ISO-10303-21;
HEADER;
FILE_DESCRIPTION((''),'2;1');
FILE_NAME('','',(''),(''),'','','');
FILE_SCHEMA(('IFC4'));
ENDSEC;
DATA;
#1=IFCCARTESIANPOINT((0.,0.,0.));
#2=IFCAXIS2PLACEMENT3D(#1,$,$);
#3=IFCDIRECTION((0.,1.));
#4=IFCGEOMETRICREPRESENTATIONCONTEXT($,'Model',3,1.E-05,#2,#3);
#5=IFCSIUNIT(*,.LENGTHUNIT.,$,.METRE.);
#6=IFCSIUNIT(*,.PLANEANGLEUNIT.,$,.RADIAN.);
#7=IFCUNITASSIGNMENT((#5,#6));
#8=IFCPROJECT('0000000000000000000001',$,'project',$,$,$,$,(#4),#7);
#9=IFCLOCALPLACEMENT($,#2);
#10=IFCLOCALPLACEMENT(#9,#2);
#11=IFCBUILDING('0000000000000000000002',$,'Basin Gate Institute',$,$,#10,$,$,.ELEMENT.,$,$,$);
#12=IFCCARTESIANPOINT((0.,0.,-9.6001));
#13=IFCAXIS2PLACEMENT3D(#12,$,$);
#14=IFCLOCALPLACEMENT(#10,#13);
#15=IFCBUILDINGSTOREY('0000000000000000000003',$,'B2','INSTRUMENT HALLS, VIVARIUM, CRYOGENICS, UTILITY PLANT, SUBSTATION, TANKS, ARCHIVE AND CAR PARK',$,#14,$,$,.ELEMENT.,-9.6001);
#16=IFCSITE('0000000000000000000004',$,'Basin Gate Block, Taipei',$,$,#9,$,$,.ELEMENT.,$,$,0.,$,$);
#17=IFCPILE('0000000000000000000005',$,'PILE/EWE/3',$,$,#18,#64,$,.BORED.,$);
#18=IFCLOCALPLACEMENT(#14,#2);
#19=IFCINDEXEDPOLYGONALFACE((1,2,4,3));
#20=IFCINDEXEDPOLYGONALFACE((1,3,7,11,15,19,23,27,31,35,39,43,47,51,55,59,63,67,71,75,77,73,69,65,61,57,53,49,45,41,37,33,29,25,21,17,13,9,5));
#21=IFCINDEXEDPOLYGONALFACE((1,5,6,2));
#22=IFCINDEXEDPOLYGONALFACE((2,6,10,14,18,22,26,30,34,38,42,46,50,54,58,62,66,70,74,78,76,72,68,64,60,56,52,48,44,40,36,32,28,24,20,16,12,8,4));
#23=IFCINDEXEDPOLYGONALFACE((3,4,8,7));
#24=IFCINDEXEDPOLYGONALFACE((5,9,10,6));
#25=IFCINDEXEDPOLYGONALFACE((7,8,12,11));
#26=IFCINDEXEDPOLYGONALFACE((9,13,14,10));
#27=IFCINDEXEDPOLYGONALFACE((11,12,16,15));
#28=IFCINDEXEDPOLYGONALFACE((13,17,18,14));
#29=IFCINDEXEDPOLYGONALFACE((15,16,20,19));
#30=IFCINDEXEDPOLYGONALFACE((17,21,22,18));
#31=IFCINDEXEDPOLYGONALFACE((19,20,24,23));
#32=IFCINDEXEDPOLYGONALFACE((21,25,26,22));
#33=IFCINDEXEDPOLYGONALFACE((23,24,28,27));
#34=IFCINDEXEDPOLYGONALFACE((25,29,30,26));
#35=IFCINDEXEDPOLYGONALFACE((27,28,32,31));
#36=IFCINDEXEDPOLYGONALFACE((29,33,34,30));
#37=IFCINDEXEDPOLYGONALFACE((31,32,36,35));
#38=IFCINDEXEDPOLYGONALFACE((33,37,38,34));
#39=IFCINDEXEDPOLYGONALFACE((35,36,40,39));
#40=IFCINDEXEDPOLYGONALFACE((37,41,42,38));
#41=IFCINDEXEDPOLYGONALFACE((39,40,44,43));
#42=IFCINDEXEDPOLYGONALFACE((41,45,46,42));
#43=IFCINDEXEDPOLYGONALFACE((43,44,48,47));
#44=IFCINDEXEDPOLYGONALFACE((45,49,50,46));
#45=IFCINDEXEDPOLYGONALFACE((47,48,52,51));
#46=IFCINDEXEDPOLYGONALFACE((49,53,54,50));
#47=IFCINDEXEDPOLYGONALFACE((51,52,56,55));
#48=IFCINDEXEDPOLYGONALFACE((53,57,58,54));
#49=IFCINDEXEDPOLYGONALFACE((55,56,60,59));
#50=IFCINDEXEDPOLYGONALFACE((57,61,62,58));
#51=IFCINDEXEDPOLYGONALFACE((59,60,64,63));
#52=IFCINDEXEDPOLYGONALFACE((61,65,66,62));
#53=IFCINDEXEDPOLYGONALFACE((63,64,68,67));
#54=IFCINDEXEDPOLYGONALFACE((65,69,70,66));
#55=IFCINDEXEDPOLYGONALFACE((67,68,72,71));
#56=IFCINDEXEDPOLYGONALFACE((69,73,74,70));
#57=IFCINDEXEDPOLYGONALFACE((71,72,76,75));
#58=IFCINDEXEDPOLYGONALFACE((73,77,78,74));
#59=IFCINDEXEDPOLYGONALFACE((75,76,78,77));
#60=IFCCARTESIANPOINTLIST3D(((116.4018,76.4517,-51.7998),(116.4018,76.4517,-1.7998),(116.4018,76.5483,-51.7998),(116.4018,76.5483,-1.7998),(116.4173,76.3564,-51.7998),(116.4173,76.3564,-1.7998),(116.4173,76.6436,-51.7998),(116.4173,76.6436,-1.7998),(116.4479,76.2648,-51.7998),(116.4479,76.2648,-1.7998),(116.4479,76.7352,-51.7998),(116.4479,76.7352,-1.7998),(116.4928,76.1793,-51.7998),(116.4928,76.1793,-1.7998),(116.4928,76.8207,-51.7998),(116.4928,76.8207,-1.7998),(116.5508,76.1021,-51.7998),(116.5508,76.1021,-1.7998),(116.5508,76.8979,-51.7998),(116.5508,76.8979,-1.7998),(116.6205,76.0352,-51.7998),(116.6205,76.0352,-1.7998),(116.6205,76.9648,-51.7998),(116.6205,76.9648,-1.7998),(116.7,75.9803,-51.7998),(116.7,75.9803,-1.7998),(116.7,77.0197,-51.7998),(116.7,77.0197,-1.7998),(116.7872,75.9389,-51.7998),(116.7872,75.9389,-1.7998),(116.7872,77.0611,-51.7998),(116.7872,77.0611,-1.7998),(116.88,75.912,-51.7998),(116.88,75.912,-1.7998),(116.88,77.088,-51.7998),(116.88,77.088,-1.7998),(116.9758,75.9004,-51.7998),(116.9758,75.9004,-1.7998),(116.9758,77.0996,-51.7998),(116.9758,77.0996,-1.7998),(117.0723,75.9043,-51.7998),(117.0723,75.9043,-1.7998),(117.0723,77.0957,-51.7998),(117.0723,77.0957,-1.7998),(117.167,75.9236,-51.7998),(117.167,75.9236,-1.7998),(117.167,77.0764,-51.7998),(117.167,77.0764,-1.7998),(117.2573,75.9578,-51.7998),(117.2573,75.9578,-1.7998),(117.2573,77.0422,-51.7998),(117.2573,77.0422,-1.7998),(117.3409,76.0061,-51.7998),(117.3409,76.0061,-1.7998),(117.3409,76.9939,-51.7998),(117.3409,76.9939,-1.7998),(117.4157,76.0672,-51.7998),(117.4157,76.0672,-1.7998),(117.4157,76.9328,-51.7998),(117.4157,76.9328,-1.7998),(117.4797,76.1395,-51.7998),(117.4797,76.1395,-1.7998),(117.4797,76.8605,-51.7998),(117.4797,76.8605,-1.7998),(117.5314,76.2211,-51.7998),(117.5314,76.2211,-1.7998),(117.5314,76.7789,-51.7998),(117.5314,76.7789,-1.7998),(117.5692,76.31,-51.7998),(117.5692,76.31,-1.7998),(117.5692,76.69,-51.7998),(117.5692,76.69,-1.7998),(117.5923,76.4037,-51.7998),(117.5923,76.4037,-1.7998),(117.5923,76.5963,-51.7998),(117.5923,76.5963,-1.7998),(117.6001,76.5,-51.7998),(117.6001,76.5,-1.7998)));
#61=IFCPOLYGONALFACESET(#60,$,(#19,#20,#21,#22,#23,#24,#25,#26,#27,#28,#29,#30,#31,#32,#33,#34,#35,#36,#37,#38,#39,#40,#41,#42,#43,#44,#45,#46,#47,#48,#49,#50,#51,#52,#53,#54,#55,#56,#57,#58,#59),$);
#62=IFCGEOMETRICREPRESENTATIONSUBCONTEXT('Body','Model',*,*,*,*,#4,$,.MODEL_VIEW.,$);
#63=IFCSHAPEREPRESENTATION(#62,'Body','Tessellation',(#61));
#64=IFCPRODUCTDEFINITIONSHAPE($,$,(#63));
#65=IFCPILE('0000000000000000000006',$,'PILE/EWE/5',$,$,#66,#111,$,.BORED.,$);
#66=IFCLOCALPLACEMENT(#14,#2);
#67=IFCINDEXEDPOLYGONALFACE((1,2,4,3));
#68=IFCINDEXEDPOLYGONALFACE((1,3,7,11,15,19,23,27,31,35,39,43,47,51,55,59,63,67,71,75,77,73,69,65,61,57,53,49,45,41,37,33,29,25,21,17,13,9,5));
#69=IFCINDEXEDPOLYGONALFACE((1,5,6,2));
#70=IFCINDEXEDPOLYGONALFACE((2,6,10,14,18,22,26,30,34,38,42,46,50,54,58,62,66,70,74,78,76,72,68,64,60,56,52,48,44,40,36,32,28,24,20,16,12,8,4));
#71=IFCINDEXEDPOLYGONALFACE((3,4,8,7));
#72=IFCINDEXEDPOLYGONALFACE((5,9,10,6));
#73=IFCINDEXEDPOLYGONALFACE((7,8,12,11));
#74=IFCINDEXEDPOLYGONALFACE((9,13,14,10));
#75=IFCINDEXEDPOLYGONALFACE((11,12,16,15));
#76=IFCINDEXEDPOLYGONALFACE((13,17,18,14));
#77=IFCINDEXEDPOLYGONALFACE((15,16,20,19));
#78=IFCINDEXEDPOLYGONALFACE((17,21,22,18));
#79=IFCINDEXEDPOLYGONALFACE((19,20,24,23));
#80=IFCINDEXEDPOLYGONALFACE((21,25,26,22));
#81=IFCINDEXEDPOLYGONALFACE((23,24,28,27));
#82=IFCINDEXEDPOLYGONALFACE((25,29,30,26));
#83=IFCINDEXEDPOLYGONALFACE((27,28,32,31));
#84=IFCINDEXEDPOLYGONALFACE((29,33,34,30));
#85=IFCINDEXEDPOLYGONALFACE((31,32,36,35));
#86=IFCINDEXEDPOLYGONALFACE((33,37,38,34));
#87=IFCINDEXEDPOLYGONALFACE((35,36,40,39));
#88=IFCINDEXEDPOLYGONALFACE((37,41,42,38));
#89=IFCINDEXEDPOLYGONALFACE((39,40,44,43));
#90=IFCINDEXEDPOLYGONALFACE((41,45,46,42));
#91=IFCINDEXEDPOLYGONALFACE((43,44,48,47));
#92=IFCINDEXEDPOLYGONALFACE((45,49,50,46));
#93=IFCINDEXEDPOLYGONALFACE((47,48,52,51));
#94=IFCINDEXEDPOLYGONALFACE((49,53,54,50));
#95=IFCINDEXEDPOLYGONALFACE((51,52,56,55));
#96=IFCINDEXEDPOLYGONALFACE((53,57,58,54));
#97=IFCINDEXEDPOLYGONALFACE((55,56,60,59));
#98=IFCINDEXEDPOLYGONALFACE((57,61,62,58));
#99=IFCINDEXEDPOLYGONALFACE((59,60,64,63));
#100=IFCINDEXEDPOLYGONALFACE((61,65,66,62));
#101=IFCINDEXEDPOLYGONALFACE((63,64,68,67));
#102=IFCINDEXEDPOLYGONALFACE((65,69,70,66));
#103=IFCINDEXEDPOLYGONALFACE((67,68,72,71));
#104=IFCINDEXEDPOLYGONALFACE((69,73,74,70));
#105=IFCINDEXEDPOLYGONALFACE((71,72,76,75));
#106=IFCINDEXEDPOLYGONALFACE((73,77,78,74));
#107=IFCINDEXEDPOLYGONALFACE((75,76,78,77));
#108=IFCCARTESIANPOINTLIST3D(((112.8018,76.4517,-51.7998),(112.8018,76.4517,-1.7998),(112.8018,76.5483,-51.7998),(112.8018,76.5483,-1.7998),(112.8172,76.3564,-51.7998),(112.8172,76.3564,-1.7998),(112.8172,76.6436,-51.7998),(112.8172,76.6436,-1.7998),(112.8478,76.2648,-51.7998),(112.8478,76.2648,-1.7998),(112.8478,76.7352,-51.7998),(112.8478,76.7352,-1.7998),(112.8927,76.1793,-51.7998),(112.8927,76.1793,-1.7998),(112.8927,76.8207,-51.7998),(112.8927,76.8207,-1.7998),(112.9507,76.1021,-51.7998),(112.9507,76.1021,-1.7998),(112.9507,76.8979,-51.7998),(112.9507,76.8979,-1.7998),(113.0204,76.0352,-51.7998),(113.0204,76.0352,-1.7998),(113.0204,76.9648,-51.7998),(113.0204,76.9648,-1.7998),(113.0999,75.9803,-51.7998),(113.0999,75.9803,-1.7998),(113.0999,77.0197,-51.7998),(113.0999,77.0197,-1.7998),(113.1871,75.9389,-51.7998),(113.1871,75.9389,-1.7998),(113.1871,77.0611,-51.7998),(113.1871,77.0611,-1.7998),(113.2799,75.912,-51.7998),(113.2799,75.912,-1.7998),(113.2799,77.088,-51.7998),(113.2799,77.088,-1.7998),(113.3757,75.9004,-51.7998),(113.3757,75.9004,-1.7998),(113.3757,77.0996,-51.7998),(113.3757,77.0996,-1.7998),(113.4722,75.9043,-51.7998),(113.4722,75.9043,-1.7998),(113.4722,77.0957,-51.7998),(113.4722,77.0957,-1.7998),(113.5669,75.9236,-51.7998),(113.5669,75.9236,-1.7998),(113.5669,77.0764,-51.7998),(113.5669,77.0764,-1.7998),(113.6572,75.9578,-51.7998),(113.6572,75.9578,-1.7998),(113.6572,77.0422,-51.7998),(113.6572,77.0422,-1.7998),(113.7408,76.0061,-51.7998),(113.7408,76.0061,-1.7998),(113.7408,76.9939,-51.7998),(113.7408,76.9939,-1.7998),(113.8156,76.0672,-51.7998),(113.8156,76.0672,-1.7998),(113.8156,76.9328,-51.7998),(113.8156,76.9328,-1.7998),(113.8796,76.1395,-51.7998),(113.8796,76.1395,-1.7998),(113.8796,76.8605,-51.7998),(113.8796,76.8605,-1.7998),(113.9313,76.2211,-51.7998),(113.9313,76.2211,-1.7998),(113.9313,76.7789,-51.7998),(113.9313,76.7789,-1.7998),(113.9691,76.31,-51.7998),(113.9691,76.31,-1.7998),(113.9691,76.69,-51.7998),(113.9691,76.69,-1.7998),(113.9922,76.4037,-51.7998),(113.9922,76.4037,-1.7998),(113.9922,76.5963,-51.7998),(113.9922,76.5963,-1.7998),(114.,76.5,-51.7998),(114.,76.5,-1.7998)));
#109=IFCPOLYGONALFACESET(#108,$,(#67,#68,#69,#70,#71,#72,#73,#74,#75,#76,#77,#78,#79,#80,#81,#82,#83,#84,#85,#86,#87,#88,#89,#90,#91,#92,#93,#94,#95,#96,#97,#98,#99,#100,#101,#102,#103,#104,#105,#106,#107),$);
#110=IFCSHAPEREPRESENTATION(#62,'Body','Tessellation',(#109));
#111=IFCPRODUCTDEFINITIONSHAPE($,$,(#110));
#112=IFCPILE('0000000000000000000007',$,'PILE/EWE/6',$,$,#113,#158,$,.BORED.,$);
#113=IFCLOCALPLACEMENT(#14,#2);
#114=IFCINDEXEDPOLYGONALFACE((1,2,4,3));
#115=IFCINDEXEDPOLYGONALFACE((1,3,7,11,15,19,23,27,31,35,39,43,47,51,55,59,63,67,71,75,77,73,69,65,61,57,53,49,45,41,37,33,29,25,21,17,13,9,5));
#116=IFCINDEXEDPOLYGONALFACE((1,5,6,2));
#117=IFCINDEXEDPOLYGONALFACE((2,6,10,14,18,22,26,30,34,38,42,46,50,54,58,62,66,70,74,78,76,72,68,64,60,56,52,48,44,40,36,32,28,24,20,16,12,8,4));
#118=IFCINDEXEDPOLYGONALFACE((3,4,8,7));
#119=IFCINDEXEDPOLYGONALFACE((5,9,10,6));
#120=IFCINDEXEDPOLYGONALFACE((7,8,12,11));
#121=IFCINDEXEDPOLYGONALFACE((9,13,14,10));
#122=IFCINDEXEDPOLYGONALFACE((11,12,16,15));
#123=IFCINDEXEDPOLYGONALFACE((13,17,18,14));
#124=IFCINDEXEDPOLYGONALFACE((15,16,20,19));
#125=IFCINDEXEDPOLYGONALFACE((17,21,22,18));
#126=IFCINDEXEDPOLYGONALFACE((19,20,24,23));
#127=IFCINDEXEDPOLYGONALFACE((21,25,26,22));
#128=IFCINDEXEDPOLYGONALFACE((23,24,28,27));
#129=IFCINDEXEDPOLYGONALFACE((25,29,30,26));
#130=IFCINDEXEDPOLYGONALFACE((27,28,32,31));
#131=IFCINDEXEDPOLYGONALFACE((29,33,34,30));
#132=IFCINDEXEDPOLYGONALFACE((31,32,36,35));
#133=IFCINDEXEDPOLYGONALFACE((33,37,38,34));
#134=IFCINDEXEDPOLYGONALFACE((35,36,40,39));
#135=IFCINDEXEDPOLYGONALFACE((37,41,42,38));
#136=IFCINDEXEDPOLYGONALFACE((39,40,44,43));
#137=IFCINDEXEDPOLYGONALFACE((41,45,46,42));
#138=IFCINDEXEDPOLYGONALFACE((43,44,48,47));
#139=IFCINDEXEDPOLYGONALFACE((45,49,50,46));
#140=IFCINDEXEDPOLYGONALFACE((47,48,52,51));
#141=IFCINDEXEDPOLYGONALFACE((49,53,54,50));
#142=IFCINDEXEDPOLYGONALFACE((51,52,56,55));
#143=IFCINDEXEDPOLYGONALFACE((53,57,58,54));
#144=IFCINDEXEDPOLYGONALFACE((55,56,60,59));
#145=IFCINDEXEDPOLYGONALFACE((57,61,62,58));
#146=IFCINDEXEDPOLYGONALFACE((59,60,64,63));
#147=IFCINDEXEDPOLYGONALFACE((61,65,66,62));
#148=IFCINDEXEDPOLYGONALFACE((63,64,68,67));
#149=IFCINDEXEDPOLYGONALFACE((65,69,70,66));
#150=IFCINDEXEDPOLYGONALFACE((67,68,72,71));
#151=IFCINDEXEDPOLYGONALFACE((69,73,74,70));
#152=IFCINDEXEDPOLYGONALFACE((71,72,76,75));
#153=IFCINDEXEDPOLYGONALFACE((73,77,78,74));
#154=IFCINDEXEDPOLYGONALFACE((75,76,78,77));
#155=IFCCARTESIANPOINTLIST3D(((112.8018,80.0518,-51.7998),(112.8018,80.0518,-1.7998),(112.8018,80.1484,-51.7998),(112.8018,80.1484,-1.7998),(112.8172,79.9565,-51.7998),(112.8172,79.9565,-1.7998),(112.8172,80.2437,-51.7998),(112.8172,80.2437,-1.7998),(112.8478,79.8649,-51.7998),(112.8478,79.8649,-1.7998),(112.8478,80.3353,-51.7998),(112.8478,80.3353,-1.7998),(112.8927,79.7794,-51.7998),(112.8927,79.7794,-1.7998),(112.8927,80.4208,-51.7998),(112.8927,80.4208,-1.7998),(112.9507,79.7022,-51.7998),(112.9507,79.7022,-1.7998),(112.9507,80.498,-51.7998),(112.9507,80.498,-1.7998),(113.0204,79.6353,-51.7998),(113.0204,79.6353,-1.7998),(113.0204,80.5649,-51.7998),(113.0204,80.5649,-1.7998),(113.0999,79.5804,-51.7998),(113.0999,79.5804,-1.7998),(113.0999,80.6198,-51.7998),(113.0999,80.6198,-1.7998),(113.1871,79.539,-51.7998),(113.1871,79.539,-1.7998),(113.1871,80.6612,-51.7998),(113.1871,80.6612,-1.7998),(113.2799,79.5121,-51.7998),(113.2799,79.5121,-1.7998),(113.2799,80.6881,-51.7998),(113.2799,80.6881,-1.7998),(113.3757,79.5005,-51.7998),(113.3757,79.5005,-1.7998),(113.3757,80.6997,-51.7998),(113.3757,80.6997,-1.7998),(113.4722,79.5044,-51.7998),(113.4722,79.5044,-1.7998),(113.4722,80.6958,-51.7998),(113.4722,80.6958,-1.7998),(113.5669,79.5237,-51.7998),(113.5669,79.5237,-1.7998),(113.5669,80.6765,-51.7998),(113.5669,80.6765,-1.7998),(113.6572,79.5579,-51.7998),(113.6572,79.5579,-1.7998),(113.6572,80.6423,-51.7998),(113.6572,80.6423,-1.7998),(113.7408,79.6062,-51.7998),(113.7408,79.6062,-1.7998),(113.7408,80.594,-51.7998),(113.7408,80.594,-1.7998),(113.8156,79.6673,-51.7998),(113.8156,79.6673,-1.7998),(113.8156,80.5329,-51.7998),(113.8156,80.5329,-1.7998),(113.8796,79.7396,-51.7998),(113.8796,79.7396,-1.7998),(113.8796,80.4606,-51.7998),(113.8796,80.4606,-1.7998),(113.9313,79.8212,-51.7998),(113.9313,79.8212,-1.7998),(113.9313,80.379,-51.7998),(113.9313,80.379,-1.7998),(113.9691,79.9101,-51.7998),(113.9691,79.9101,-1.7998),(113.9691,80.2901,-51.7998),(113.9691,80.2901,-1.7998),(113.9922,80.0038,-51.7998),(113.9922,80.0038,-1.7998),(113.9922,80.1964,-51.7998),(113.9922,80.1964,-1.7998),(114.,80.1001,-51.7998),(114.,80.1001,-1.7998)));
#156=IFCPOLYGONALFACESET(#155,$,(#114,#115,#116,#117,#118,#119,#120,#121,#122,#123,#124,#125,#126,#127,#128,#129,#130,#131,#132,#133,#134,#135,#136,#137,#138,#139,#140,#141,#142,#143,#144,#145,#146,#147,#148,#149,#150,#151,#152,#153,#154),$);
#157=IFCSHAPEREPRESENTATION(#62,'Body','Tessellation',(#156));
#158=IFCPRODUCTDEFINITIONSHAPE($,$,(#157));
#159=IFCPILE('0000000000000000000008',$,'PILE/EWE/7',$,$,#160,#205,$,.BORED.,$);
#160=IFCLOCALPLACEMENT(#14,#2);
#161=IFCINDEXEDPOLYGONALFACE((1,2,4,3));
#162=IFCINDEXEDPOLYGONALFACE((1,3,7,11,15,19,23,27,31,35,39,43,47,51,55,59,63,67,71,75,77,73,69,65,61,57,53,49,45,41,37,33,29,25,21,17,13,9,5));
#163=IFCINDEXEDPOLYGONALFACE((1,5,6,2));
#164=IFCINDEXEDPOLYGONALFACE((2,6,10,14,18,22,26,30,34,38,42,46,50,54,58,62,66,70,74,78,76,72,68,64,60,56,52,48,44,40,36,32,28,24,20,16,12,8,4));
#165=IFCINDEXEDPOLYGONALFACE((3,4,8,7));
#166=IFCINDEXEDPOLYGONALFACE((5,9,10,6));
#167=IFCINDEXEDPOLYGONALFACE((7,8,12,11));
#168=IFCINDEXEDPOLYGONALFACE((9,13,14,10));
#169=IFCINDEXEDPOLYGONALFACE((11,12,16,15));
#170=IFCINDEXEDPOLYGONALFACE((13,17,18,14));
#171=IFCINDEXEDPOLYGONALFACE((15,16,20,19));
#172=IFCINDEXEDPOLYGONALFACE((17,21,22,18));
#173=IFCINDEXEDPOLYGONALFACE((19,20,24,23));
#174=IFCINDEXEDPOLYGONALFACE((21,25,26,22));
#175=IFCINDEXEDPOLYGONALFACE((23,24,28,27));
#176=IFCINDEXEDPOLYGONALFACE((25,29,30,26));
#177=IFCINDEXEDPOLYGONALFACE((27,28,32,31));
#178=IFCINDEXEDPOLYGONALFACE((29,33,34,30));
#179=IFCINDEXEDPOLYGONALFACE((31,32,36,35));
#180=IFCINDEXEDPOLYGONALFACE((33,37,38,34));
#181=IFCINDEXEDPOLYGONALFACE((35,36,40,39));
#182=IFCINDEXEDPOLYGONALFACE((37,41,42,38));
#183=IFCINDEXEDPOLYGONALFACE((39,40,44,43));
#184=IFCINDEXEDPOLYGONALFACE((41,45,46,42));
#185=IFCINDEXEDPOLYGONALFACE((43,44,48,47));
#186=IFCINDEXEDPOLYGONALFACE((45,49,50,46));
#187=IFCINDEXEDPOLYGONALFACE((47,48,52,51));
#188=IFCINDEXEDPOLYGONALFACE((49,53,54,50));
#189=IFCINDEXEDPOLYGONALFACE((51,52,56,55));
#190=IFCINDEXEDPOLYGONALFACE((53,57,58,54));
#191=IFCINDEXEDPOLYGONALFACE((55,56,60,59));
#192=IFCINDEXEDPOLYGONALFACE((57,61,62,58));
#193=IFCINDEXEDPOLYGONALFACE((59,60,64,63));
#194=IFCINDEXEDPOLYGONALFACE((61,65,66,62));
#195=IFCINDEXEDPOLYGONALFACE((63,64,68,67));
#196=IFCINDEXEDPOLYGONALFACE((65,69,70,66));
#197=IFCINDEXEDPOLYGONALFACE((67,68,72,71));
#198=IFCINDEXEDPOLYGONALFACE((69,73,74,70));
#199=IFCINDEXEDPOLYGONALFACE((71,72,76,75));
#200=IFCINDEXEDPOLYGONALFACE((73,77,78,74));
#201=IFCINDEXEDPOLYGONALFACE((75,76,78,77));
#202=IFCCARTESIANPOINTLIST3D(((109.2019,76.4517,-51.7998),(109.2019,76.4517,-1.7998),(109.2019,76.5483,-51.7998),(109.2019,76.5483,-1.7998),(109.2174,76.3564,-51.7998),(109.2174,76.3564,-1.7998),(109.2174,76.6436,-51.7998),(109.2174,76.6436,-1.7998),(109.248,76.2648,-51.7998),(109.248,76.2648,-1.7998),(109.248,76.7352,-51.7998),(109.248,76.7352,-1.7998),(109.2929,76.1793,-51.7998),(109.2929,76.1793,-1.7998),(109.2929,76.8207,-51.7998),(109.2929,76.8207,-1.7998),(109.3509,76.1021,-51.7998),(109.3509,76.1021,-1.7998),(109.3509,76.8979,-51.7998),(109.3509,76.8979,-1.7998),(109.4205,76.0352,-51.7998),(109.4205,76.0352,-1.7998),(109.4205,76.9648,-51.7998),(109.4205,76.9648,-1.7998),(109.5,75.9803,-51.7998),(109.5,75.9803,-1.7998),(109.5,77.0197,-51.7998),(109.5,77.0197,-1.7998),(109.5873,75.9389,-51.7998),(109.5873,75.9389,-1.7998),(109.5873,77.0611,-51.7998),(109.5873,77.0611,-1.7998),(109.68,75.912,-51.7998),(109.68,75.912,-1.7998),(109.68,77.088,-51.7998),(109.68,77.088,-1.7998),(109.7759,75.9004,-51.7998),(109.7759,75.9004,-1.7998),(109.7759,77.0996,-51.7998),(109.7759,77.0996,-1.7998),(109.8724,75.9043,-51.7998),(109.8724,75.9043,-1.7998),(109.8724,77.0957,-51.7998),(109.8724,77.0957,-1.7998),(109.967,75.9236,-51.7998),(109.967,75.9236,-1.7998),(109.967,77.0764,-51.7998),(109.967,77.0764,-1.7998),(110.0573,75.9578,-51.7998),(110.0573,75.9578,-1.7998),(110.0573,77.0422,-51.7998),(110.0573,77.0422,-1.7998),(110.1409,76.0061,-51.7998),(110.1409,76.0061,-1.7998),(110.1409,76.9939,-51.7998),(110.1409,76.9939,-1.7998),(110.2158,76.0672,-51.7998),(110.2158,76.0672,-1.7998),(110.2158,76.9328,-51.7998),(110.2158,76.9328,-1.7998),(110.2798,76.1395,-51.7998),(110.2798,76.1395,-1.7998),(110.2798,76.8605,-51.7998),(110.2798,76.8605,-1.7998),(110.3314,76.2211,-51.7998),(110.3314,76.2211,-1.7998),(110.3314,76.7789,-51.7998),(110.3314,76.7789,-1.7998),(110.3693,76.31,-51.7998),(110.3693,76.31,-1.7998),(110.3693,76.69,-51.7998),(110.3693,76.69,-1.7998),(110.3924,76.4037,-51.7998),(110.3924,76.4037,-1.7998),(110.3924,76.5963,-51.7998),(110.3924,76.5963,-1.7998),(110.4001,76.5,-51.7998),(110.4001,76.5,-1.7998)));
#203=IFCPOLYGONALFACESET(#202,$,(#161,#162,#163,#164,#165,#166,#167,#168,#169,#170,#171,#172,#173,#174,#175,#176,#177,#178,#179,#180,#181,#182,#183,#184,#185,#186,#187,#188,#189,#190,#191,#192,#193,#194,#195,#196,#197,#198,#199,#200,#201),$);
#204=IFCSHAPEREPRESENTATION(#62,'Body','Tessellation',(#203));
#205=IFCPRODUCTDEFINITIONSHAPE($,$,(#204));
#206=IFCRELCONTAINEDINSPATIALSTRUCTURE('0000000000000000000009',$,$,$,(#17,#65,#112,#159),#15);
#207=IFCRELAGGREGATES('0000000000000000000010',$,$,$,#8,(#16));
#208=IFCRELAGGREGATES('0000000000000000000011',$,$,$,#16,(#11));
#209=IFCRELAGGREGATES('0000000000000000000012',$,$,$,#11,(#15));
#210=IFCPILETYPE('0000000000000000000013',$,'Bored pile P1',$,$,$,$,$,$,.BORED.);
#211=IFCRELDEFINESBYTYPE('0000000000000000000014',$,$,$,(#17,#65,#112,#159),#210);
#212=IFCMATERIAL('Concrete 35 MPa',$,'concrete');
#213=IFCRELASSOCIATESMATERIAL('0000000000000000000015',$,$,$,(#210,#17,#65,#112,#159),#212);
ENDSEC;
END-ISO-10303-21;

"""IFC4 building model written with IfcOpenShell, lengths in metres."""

from ifc_helpers import new_model, si_unit, direction, frame, origin, origin_2d, place, context, subcontext, project, spatial, circle, extrude, material, material_profile, profile_set, type_object, element, save


model = new_model("IFC4")

# Units and contexts
model_context = context("Model", 3, precision=1e-05, world=origin(), true_north=direction((0.0, 1.0)))
body_context = subcontext(model_context, "Body", "Model", "MODEL_VIEW")
ifc_project = project(units=[si_unit("LENGTHUNIT", "METRE"), si_unit("PLANEANGLEUNIT", "RADIAN")], contexts=[model_context])

# Site, building, storey
site_placement = place(None, origin())
site = spatial("IfcSite", under=ifc_project, at=site_placement, Name="Basin Gate Block, Taipei", CompositionType="ELEMENT", RefElevation=0.0)
building_placement = place(site_placement, origin())
building = spatial("IfcBuilding", under=site, at=building_placement, Name="Basin Gate Institute", CompositionType="ELEMENT")
storey_placement = place(building_placement, frame((0.0, 0.0, -9.6001)))
storey = spatial("IfcBuildingStorey", under=building, at=storey_placement, Name="B2", Description="INSTRUMENT HALLS, VIVARIUM, CRYOGENICS, UTILITY PLANT, SUBSTATION, TANKS, ARCHIVE AND CAR PARK", CompositionType="ELEMENT", Elevation=-9.6001)

# Piles
ifc_material_1 = material(Name="Concrete 35 MPa", Category="concrete")
ifc_material_profile_1 = material_profile(ifc_material_1, circle(Radius=0.6001, at=origin_2d()), Name="Bored pile P1 1200 dia")
ifc_profile_set_1 = profile_set([ifc_material_profile_1], Name="Concrete 35 MPa")
pile_type = type_object("IfcPileType", Name="Bored pile P1", PredefinedType="BORED", material=ifc_profile_set_1)
for number, where, z_axis, x_axis, name in (
    (1, (117.0, 76.5, -1.7998), (0.0, 0.0, -1.0), (1.0, 0.0, 0.0), "PILE/EWE/3"),
    (2, (113.3999, 76.5, -1.7998), (0.0, 0.0, -1.0), (1.0, 0.0, 0.0), "PILE/EWE/5"),
    (3, (113.3999, 80.1001, -1.7998), (0.0, 0.0, -1.0), (1.0, 0.0, 0.0), "PILE/EWE/6"),
    (4, (109.8, 76.5, -1.7998), (0.0, 0.0, -1.0), (1.0, 0.0, 0.0), "PILE/EWE/7"),
):
    element("IfcPile", number, at=place(storey_placement, frame(where, z_axis=z_axis, x_axis=x_axis)), inside=storey, type_object=pile_type, material=ifc_profile_set_1, Name=name, PredefinedType="BORED", context=body_context, shape_type="SweptSolid", body=[
        extrude(circle(Radius=0.6001, at=origin_2d()), origin(), (0.0, 0.0, 1.0), 50.0),
    ])

save(model, "model.ifc")
